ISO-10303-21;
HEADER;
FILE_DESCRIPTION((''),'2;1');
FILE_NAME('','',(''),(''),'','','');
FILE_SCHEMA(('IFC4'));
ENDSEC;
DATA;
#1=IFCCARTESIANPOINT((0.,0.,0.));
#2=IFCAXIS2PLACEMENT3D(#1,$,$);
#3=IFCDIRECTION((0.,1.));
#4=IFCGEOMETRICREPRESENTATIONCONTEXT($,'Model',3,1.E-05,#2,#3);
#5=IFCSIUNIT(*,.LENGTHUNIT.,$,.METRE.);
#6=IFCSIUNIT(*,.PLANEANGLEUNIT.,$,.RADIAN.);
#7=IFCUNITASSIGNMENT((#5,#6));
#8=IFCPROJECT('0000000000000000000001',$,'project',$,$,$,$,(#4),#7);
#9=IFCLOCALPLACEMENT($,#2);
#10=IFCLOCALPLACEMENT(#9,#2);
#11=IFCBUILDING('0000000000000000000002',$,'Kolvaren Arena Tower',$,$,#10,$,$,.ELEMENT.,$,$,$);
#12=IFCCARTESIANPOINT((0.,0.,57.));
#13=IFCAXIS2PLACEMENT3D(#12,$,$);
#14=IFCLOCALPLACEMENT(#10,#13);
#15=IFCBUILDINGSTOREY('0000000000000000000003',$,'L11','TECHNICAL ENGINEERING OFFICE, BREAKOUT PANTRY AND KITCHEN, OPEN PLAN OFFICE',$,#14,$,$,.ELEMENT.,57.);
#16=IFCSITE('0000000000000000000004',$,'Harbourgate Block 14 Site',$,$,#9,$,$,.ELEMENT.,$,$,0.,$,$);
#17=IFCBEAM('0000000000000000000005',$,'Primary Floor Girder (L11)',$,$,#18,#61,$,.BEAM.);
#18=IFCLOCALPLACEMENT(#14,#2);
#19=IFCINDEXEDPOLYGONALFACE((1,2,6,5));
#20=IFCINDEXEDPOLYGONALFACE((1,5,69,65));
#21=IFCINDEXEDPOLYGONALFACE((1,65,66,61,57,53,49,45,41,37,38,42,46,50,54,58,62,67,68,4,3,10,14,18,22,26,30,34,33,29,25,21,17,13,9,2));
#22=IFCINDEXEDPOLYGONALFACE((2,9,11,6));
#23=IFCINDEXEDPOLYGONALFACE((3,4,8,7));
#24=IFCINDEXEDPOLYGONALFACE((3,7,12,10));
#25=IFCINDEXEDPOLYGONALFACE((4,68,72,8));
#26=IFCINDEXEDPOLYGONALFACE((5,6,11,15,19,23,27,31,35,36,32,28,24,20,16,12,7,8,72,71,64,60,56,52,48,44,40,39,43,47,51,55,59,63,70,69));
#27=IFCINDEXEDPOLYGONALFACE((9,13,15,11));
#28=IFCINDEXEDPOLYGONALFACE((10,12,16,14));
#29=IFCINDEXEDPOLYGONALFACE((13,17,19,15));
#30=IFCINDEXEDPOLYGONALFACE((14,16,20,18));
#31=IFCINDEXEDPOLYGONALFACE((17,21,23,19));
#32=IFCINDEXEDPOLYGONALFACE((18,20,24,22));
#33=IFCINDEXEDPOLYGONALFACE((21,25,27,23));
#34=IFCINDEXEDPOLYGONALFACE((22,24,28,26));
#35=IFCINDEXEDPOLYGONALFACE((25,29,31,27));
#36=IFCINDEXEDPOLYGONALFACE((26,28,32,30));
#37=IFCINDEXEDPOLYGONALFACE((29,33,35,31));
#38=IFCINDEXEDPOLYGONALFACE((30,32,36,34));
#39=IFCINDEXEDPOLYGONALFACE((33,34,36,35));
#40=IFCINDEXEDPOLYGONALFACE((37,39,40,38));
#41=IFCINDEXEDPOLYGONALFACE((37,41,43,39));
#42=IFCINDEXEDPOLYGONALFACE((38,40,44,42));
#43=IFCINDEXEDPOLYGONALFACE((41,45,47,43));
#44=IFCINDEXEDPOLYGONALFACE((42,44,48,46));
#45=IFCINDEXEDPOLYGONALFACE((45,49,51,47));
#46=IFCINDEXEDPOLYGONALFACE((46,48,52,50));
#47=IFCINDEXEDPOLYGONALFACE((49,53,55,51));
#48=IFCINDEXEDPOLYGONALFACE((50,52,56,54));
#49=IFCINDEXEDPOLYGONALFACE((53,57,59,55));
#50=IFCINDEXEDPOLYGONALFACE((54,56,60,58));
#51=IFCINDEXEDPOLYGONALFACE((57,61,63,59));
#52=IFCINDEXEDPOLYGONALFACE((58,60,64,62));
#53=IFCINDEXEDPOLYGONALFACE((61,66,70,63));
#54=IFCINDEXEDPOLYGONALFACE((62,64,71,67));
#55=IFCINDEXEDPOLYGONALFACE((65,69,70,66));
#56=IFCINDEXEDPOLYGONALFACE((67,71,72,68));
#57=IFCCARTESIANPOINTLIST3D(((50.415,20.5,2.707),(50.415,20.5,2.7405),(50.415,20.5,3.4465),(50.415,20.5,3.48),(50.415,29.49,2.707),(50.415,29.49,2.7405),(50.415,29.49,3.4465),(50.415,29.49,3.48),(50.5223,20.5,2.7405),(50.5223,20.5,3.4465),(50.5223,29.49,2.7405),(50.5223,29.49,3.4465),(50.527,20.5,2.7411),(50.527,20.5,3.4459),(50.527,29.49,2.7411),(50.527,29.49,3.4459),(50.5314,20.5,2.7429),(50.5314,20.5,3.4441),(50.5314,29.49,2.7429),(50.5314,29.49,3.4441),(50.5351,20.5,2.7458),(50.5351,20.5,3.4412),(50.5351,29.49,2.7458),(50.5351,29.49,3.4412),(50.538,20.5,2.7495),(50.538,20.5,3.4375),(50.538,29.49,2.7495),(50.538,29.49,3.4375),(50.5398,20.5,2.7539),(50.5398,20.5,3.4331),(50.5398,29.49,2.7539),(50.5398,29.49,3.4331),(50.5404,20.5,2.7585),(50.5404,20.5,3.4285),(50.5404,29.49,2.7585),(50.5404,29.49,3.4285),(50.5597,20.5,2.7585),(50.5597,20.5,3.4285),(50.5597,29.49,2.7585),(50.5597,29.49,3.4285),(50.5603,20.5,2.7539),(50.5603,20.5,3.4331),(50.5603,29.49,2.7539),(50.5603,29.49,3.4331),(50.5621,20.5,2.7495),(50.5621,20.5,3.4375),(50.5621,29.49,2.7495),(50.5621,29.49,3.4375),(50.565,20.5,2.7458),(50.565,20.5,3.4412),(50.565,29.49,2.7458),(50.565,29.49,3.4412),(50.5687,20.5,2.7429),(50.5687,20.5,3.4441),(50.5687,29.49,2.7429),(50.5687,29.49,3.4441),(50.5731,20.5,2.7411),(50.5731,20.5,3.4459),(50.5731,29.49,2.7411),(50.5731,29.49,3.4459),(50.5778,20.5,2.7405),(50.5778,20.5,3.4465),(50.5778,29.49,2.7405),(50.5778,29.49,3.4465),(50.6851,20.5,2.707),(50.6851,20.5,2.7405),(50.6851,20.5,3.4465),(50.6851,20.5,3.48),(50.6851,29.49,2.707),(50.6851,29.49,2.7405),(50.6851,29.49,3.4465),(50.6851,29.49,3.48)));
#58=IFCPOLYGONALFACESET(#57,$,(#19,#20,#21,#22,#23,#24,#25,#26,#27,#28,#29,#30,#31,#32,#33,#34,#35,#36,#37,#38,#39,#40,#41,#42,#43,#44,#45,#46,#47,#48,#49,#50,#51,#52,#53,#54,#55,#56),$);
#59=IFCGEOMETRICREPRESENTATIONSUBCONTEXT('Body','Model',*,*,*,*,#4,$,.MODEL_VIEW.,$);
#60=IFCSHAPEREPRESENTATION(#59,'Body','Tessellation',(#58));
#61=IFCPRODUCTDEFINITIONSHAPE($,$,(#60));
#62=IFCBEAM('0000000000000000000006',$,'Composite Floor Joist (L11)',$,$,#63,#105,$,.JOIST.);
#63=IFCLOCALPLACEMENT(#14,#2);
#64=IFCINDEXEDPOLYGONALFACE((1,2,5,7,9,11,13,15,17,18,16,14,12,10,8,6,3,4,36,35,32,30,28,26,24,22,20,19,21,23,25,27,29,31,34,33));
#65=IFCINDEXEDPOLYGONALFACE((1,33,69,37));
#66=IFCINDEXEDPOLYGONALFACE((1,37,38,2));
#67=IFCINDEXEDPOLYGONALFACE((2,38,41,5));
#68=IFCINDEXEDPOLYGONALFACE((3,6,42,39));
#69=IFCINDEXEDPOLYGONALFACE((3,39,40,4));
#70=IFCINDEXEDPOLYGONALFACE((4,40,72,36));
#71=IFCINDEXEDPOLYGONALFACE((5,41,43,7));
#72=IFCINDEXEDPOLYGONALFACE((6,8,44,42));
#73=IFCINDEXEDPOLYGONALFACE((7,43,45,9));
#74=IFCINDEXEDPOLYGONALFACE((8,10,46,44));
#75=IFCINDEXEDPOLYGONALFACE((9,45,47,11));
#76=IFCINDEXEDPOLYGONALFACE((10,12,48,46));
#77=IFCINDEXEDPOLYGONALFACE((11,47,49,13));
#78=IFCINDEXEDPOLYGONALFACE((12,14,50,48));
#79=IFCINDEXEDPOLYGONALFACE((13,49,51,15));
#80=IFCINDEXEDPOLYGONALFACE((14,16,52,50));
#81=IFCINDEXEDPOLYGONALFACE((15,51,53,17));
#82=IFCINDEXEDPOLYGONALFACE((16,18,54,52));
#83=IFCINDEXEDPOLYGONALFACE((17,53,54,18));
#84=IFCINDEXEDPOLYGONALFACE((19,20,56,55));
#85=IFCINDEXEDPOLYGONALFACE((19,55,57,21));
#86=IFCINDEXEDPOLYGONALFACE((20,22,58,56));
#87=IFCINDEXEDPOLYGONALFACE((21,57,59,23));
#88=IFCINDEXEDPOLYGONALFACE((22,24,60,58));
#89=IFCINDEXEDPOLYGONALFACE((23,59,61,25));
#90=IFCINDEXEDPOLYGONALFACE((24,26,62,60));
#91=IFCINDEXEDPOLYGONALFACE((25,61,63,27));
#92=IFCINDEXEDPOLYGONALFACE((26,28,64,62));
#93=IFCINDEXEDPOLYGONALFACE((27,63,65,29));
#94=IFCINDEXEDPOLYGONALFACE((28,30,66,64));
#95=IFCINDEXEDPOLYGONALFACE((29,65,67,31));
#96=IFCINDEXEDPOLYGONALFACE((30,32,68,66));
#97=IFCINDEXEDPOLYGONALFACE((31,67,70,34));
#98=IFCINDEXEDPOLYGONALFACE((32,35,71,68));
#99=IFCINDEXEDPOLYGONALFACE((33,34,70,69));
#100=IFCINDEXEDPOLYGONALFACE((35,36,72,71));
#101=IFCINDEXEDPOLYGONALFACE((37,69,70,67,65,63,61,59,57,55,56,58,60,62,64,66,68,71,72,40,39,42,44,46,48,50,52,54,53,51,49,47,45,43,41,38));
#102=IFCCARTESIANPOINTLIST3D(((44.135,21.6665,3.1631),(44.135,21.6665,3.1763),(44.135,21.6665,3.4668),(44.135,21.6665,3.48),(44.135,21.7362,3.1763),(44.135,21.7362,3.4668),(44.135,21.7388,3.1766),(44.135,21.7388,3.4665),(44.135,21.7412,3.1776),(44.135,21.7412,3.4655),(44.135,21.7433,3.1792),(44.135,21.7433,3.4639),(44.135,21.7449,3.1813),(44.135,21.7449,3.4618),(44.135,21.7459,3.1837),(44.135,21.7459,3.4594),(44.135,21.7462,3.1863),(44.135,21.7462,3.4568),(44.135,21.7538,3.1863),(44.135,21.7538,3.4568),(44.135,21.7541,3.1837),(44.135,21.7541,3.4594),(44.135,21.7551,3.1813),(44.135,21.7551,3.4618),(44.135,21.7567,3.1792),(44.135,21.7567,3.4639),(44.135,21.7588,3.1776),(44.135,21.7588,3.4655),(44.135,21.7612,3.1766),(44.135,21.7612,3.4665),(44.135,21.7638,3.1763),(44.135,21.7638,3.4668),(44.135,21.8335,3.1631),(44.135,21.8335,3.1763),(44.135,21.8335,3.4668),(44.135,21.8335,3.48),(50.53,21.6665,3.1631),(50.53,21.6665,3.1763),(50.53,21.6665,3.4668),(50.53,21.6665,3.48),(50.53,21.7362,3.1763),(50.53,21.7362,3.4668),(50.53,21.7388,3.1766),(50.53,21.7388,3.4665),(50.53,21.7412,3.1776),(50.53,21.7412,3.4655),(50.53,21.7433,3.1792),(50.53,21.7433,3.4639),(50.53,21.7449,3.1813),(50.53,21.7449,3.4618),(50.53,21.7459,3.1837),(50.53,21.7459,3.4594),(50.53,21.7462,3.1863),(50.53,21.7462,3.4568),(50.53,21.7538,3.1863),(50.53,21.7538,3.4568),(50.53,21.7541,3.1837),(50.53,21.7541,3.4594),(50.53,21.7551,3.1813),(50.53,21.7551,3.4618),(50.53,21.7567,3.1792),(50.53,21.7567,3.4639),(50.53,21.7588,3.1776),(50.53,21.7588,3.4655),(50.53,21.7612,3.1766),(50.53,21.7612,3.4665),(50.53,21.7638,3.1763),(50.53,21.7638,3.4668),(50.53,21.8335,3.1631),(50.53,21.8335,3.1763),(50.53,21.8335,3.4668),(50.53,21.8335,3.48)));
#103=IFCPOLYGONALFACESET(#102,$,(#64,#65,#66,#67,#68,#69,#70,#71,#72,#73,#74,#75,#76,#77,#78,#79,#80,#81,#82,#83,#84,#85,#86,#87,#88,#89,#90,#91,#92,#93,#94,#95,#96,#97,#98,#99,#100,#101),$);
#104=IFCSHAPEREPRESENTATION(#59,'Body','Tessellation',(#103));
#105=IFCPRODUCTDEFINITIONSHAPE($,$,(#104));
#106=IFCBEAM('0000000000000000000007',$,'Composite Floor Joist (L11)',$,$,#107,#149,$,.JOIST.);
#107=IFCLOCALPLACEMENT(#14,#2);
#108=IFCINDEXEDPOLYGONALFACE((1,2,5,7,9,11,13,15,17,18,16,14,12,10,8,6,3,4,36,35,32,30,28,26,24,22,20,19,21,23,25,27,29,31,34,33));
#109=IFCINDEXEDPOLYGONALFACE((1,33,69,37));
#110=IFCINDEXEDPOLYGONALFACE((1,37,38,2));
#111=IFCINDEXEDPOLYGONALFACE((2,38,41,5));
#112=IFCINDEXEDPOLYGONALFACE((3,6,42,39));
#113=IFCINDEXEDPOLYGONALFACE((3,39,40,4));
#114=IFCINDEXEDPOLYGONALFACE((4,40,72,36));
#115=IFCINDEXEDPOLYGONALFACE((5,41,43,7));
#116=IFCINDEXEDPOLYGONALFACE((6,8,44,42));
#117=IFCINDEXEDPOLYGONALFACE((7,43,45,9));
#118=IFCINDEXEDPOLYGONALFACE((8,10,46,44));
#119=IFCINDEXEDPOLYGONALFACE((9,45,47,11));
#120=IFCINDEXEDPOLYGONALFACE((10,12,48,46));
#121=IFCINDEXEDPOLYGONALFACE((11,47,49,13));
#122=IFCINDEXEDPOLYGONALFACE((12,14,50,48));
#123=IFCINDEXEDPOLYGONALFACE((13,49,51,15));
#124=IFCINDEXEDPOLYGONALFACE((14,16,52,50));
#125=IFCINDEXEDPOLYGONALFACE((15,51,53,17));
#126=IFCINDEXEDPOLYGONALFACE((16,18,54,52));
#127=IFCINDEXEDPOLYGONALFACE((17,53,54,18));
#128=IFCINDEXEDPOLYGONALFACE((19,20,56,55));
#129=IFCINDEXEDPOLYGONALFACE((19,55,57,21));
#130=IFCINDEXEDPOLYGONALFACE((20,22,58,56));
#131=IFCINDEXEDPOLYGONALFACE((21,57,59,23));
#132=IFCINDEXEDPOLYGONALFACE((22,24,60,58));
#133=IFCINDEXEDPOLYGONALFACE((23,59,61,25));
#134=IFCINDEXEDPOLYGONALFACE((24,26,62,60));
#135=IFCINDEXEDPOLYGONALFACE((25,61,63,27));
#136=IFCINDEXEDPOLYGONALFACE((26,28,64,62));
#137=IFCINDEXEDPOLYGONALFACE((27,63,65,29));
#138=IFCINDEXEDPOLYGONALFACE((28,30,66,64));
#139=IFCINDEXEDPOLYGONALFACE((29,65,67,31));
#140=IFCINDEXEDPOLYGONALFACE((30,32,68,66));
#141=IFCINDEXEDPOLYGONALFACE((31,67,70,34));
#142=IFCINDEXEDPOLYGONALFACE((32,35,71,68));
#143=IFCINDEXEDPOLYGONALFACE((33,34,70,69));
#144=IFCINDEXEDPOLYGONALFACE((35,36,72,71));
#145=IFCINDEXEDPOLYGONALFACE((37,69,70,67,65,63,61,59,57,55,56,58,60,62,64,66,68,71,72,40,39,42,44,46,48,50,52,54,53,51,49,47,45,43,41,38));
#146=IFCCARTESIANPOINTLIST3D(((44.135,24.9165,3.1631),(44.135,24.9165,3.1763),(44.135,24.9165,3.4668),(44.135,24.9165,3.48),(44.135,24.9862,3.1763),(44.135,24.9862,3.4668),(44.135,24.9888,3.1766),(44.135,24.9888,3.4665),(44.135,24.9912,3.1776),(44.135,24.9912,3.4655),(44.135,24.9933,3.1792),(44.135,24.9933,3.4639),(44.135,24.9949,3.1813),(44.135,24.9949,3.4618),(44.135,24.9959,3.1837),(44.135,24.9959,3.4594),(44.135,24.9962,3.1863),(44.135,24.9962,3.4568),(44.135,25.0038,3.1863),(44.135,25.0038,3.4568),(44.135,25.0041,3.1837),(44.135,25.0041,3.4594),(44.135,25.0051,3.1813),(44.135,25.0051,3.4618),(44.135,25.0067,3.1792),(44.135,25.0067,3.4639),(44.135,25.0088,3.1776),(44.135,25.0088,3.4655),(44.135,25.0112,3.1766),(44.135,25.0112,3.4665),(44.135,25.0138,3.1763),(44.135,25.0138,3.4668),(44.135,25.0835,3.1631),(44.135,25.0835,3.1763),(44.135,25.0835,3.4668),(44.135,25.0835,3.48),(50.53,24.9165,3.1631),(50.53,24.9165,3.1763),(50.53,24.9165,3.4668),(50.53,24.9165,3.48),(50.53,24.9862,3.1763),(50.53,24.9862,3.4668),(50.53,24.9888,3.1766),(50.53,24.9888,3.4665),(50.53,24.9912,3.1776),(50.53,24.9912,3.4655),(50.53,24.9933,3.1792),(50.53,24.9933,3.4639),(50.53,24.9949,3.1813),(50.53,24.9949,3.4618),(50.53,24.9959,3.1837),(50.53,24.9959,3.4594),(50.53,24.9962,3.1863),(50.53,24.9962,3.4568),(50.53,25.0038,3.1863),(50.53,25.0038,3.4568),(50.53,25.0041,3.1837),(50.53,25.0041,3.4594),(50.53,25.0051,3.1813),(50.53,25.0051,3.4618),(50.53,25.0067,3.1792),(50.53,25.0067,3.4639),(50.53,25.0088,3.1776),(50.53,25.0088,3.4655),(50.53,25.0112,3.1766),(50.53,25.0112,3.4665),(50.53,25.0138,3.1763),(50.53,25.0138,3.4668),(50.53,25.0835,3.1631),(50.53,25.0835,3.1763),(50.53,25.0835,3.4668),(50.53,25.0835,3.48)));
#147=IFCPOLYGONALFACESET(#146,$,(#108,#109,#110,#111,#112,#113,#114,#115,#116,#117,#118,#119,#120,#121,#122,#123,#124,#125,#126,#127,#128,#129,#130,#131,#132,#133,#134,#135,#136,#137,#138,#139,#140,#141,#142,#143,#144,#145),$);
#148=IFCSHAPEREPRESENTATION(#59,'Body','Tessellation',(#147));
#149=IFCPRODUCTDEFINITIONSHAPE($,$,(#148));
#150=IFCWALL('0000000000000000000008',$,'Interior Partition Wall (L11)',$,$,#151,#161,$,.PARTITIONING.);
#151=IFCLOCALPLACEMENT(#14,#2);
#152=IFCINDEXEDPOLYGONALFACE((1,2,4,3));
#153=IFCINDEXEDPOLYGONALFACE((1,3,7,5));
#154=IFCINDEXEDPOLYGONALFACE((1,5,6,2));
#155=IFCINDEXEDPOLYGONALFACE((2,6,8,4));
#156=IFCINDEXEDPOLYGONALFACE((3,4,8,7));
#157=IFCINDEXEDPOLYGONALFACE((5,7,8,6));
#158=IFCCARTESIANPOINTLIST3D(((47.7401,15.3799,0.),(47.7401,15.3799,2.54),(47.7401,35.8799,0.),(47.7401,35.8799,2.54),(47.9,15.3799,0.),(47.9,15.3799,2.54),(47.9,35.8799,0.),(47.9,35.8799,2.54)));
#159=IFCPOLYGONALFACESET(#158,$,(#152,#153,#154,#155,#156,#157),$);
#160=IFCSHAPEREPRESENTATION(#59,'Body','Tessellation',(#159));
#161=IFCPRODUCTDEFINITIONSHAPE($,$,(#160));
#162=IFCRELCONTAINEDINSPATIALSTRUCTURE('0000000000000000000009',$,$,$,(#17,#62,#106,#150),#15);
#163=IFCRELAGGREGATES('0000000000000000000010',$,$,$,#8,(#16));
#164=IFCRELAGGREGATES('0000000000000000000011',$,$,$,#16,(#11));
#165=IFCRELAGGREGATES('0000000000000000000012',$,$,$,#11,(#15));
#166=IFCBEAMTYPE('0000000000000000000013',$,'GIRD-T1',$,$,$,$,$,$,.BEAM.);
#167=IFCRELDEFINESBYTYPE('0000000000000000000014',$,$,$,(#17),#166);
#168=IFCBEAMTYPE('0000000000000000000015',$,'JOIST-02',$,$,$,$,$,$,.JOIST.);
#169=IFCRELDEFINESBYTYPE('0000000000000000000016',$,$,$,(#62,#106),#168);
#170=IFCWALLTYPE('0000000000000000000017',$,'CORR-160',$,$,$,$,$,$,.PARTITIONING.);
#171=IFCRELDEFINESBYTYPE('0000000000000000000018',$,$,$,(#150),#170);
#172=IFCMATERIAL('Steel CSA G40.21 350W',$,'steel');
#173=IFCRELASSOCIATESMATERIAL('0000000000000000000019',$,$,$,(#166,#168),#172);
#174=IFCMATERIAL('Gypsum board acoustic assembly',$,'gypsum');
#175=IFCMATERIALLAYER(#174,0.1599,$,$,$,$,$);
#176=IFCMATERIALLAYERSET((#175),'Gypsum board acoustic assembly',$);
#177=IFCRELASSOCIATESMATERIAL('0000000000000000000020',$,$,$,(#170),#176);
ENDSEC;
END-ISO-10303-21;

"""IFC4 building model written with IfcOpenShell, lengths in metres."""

from ifc_helpers import new_model, si_unit, direction, frame, frame_2d, origin, origin_2d, place, context, subcontext, project, spatial, rectangle, i_section, extrude, material, layer, layer_set, material_profile, profile_set, type_object, element, save


model = new_model("IFC4")

# Units and contexts
model_context = context("Model", 3, precision=1e-05, world=origin(), true_north=direction((0.0, 1.0)))
body_context = subcontext(model_context, "Body", "Model", "MODEL_VIEW")
ifc_project = project(units=[si_unit("LENGTHUNIT", "METRE"), si_unit("PLANEANGLEUNIT", "RADIAN")], contexts=[model_context])

# Site, building, storey
site_placement = place(None, origin())
site = spatial("IfcSite", under=ifc_project, at=site_placement, Name="Harbourgate Block 14 Site", CompositionType="ELEMENT", RefElevation=0.0)
building_placement = place(site_placement, origin())
building = spatial("IfcBuilding", under=site, at=building_placement, Name="Kolvaren Arena Tower", CompositionType="ELEMENT")
storey_placement = place(building_placement, frame((0.0, 0.0, 57.0)))
storey = spatial("IfcBuildingStorey", under=building, at=storey_placement, Name="L11", Description="TECHNICAL ENGINEERING OFFICE, BREAKOUT PANTRY AND KITCHEN, OPEN PLAN OFFICE", CompositionType="ELEMENT", Elevation=57.0)

# Beams
ifc_material_1 = material(Name="Steel CSA G40.21 350W", Category="steel")
ifc_material_profile_1 = material_profile(ifc_material_1, i_section(OverallWidth=0.27, OverallDepth=0.7729, WebThickness=0.0193, FlangeThickness=0.0334, FilletRadius=0.0181, at=origin_2d()), Name="W760x257")
ifc_profile_set_1 = profile_set([ifc_material_profile_1], Name="Steel CSA G40.21 350W")
beam_type_1 = type_object("IfcBeamType", Name="GIRD-T1", PredefinedType="BEAM", material=ifc_profile_set_1)
beam_1_placement = place(storey_placement, frame((50.55, 20.5, 3.0935), z_axis=(0.0, 1.0, 0.0), x_axis=(-1.0, 0.0, 0.0)))
element("IfcBeam", 1, at=beam_1_placement, inside=storey, type_object=beam_type_1, Name="Primary Floor Girder (L11)", PredefinedType="BEAM", context=body_context, shape_type="SweptSolid", body=[
    extrude(i_section(OverallWidth=0.27, OverallDepth=0.7729, WebThickness=0.0193, FlangeThickness=0.0334, FilletRadius=0.0181, at=origin_2d()), origin(), (0.0, 0.0, 1.0), 8.99),
])
ifc_material_profile_2 = material_profile(ifc_material_1, i_section(OverallWidth=0.167, OverallDepth=0.3169, WebThickness=0.0076, FlangeThickness=0.0132, FilletRadius=0.01, at=origin_2d()), Name="W310x52")
ifc_profile_set_2 = profile_set([ifc_material_profile_2], Name="Steel CSA G40.21 350W")
beam_type_2 = type_object("IfcBeamType", Name="JOIST-02", PredefinedType="JOIST", material=ifc_profile_set_2)
for number, where, z_axis, x_axis, name in (
    (2, (44.135, 21.75, 3.3215), (1.0, 0.0, 0.0), (0.0, 1.0, 0.0), "Composite Floor Joist (L11)"),
    (3, (44.135, 25.0, 3.3215), (1.0, 0.0, 0.0), (0.0, 1.0, 0.0), "Composite Floor Joist (L11)"),
):
    element("IfcBeam", number, at=place(storey_placement, frame(where, z_axis=z_axis, x_axis=x_axis)), inside=storey, type_object=beam_type_2, Name=name, PredefinedType="JOIST", context=body_context, shape_type="SweptSolid", body=[
        extrude(i_section(OverallWidth=0.167, OverallDepth=0.3169, WebThickness=0.0076, FlangeThickness=0.0132, FilletRadius=0.01, at=origin_2d()), origin(), (0.0, 0.0, 1.0), 6.395),
    ])

# Wall
ifc_material_2 = material(Name="Gypsum board acoustic assembly", Category="gypsum")
ifc_layer_1 = layer(ifc_material_2, 0.1599)
ifc_layer_set_1 = layer_set([ifc_layer_1], Name="Gypsum board acoustic assembly")
wall_type_1 = type_object("IfcWallType", Name="CORR-160", PredefinedType="PARTITIONING", material=ifc_layer_set_1)
wall_1_placement = place(storey_placement, frame((47.8201, 15.3799, 0.0), z_axis=(0.0, 0.0, 1.0), x_axis=(0.0, 1.0, 0.0)))
element("IfcWall", 4, at=wall_1_placement, inside=storey, type_object=wall_type_1, Name="Interior Partition Wall (L11)", PredefinedType="PARTITIONING", context=body_context, shape_type="SweptSolid", body=[
    extrude(rectangle(XDim=20.5, YDim=0.1599, at=frame_2d((10.25, 0.0))), origin(), (0.0, 0.0, 1.0), 2.54),
])

save(model, "model.ifc")
